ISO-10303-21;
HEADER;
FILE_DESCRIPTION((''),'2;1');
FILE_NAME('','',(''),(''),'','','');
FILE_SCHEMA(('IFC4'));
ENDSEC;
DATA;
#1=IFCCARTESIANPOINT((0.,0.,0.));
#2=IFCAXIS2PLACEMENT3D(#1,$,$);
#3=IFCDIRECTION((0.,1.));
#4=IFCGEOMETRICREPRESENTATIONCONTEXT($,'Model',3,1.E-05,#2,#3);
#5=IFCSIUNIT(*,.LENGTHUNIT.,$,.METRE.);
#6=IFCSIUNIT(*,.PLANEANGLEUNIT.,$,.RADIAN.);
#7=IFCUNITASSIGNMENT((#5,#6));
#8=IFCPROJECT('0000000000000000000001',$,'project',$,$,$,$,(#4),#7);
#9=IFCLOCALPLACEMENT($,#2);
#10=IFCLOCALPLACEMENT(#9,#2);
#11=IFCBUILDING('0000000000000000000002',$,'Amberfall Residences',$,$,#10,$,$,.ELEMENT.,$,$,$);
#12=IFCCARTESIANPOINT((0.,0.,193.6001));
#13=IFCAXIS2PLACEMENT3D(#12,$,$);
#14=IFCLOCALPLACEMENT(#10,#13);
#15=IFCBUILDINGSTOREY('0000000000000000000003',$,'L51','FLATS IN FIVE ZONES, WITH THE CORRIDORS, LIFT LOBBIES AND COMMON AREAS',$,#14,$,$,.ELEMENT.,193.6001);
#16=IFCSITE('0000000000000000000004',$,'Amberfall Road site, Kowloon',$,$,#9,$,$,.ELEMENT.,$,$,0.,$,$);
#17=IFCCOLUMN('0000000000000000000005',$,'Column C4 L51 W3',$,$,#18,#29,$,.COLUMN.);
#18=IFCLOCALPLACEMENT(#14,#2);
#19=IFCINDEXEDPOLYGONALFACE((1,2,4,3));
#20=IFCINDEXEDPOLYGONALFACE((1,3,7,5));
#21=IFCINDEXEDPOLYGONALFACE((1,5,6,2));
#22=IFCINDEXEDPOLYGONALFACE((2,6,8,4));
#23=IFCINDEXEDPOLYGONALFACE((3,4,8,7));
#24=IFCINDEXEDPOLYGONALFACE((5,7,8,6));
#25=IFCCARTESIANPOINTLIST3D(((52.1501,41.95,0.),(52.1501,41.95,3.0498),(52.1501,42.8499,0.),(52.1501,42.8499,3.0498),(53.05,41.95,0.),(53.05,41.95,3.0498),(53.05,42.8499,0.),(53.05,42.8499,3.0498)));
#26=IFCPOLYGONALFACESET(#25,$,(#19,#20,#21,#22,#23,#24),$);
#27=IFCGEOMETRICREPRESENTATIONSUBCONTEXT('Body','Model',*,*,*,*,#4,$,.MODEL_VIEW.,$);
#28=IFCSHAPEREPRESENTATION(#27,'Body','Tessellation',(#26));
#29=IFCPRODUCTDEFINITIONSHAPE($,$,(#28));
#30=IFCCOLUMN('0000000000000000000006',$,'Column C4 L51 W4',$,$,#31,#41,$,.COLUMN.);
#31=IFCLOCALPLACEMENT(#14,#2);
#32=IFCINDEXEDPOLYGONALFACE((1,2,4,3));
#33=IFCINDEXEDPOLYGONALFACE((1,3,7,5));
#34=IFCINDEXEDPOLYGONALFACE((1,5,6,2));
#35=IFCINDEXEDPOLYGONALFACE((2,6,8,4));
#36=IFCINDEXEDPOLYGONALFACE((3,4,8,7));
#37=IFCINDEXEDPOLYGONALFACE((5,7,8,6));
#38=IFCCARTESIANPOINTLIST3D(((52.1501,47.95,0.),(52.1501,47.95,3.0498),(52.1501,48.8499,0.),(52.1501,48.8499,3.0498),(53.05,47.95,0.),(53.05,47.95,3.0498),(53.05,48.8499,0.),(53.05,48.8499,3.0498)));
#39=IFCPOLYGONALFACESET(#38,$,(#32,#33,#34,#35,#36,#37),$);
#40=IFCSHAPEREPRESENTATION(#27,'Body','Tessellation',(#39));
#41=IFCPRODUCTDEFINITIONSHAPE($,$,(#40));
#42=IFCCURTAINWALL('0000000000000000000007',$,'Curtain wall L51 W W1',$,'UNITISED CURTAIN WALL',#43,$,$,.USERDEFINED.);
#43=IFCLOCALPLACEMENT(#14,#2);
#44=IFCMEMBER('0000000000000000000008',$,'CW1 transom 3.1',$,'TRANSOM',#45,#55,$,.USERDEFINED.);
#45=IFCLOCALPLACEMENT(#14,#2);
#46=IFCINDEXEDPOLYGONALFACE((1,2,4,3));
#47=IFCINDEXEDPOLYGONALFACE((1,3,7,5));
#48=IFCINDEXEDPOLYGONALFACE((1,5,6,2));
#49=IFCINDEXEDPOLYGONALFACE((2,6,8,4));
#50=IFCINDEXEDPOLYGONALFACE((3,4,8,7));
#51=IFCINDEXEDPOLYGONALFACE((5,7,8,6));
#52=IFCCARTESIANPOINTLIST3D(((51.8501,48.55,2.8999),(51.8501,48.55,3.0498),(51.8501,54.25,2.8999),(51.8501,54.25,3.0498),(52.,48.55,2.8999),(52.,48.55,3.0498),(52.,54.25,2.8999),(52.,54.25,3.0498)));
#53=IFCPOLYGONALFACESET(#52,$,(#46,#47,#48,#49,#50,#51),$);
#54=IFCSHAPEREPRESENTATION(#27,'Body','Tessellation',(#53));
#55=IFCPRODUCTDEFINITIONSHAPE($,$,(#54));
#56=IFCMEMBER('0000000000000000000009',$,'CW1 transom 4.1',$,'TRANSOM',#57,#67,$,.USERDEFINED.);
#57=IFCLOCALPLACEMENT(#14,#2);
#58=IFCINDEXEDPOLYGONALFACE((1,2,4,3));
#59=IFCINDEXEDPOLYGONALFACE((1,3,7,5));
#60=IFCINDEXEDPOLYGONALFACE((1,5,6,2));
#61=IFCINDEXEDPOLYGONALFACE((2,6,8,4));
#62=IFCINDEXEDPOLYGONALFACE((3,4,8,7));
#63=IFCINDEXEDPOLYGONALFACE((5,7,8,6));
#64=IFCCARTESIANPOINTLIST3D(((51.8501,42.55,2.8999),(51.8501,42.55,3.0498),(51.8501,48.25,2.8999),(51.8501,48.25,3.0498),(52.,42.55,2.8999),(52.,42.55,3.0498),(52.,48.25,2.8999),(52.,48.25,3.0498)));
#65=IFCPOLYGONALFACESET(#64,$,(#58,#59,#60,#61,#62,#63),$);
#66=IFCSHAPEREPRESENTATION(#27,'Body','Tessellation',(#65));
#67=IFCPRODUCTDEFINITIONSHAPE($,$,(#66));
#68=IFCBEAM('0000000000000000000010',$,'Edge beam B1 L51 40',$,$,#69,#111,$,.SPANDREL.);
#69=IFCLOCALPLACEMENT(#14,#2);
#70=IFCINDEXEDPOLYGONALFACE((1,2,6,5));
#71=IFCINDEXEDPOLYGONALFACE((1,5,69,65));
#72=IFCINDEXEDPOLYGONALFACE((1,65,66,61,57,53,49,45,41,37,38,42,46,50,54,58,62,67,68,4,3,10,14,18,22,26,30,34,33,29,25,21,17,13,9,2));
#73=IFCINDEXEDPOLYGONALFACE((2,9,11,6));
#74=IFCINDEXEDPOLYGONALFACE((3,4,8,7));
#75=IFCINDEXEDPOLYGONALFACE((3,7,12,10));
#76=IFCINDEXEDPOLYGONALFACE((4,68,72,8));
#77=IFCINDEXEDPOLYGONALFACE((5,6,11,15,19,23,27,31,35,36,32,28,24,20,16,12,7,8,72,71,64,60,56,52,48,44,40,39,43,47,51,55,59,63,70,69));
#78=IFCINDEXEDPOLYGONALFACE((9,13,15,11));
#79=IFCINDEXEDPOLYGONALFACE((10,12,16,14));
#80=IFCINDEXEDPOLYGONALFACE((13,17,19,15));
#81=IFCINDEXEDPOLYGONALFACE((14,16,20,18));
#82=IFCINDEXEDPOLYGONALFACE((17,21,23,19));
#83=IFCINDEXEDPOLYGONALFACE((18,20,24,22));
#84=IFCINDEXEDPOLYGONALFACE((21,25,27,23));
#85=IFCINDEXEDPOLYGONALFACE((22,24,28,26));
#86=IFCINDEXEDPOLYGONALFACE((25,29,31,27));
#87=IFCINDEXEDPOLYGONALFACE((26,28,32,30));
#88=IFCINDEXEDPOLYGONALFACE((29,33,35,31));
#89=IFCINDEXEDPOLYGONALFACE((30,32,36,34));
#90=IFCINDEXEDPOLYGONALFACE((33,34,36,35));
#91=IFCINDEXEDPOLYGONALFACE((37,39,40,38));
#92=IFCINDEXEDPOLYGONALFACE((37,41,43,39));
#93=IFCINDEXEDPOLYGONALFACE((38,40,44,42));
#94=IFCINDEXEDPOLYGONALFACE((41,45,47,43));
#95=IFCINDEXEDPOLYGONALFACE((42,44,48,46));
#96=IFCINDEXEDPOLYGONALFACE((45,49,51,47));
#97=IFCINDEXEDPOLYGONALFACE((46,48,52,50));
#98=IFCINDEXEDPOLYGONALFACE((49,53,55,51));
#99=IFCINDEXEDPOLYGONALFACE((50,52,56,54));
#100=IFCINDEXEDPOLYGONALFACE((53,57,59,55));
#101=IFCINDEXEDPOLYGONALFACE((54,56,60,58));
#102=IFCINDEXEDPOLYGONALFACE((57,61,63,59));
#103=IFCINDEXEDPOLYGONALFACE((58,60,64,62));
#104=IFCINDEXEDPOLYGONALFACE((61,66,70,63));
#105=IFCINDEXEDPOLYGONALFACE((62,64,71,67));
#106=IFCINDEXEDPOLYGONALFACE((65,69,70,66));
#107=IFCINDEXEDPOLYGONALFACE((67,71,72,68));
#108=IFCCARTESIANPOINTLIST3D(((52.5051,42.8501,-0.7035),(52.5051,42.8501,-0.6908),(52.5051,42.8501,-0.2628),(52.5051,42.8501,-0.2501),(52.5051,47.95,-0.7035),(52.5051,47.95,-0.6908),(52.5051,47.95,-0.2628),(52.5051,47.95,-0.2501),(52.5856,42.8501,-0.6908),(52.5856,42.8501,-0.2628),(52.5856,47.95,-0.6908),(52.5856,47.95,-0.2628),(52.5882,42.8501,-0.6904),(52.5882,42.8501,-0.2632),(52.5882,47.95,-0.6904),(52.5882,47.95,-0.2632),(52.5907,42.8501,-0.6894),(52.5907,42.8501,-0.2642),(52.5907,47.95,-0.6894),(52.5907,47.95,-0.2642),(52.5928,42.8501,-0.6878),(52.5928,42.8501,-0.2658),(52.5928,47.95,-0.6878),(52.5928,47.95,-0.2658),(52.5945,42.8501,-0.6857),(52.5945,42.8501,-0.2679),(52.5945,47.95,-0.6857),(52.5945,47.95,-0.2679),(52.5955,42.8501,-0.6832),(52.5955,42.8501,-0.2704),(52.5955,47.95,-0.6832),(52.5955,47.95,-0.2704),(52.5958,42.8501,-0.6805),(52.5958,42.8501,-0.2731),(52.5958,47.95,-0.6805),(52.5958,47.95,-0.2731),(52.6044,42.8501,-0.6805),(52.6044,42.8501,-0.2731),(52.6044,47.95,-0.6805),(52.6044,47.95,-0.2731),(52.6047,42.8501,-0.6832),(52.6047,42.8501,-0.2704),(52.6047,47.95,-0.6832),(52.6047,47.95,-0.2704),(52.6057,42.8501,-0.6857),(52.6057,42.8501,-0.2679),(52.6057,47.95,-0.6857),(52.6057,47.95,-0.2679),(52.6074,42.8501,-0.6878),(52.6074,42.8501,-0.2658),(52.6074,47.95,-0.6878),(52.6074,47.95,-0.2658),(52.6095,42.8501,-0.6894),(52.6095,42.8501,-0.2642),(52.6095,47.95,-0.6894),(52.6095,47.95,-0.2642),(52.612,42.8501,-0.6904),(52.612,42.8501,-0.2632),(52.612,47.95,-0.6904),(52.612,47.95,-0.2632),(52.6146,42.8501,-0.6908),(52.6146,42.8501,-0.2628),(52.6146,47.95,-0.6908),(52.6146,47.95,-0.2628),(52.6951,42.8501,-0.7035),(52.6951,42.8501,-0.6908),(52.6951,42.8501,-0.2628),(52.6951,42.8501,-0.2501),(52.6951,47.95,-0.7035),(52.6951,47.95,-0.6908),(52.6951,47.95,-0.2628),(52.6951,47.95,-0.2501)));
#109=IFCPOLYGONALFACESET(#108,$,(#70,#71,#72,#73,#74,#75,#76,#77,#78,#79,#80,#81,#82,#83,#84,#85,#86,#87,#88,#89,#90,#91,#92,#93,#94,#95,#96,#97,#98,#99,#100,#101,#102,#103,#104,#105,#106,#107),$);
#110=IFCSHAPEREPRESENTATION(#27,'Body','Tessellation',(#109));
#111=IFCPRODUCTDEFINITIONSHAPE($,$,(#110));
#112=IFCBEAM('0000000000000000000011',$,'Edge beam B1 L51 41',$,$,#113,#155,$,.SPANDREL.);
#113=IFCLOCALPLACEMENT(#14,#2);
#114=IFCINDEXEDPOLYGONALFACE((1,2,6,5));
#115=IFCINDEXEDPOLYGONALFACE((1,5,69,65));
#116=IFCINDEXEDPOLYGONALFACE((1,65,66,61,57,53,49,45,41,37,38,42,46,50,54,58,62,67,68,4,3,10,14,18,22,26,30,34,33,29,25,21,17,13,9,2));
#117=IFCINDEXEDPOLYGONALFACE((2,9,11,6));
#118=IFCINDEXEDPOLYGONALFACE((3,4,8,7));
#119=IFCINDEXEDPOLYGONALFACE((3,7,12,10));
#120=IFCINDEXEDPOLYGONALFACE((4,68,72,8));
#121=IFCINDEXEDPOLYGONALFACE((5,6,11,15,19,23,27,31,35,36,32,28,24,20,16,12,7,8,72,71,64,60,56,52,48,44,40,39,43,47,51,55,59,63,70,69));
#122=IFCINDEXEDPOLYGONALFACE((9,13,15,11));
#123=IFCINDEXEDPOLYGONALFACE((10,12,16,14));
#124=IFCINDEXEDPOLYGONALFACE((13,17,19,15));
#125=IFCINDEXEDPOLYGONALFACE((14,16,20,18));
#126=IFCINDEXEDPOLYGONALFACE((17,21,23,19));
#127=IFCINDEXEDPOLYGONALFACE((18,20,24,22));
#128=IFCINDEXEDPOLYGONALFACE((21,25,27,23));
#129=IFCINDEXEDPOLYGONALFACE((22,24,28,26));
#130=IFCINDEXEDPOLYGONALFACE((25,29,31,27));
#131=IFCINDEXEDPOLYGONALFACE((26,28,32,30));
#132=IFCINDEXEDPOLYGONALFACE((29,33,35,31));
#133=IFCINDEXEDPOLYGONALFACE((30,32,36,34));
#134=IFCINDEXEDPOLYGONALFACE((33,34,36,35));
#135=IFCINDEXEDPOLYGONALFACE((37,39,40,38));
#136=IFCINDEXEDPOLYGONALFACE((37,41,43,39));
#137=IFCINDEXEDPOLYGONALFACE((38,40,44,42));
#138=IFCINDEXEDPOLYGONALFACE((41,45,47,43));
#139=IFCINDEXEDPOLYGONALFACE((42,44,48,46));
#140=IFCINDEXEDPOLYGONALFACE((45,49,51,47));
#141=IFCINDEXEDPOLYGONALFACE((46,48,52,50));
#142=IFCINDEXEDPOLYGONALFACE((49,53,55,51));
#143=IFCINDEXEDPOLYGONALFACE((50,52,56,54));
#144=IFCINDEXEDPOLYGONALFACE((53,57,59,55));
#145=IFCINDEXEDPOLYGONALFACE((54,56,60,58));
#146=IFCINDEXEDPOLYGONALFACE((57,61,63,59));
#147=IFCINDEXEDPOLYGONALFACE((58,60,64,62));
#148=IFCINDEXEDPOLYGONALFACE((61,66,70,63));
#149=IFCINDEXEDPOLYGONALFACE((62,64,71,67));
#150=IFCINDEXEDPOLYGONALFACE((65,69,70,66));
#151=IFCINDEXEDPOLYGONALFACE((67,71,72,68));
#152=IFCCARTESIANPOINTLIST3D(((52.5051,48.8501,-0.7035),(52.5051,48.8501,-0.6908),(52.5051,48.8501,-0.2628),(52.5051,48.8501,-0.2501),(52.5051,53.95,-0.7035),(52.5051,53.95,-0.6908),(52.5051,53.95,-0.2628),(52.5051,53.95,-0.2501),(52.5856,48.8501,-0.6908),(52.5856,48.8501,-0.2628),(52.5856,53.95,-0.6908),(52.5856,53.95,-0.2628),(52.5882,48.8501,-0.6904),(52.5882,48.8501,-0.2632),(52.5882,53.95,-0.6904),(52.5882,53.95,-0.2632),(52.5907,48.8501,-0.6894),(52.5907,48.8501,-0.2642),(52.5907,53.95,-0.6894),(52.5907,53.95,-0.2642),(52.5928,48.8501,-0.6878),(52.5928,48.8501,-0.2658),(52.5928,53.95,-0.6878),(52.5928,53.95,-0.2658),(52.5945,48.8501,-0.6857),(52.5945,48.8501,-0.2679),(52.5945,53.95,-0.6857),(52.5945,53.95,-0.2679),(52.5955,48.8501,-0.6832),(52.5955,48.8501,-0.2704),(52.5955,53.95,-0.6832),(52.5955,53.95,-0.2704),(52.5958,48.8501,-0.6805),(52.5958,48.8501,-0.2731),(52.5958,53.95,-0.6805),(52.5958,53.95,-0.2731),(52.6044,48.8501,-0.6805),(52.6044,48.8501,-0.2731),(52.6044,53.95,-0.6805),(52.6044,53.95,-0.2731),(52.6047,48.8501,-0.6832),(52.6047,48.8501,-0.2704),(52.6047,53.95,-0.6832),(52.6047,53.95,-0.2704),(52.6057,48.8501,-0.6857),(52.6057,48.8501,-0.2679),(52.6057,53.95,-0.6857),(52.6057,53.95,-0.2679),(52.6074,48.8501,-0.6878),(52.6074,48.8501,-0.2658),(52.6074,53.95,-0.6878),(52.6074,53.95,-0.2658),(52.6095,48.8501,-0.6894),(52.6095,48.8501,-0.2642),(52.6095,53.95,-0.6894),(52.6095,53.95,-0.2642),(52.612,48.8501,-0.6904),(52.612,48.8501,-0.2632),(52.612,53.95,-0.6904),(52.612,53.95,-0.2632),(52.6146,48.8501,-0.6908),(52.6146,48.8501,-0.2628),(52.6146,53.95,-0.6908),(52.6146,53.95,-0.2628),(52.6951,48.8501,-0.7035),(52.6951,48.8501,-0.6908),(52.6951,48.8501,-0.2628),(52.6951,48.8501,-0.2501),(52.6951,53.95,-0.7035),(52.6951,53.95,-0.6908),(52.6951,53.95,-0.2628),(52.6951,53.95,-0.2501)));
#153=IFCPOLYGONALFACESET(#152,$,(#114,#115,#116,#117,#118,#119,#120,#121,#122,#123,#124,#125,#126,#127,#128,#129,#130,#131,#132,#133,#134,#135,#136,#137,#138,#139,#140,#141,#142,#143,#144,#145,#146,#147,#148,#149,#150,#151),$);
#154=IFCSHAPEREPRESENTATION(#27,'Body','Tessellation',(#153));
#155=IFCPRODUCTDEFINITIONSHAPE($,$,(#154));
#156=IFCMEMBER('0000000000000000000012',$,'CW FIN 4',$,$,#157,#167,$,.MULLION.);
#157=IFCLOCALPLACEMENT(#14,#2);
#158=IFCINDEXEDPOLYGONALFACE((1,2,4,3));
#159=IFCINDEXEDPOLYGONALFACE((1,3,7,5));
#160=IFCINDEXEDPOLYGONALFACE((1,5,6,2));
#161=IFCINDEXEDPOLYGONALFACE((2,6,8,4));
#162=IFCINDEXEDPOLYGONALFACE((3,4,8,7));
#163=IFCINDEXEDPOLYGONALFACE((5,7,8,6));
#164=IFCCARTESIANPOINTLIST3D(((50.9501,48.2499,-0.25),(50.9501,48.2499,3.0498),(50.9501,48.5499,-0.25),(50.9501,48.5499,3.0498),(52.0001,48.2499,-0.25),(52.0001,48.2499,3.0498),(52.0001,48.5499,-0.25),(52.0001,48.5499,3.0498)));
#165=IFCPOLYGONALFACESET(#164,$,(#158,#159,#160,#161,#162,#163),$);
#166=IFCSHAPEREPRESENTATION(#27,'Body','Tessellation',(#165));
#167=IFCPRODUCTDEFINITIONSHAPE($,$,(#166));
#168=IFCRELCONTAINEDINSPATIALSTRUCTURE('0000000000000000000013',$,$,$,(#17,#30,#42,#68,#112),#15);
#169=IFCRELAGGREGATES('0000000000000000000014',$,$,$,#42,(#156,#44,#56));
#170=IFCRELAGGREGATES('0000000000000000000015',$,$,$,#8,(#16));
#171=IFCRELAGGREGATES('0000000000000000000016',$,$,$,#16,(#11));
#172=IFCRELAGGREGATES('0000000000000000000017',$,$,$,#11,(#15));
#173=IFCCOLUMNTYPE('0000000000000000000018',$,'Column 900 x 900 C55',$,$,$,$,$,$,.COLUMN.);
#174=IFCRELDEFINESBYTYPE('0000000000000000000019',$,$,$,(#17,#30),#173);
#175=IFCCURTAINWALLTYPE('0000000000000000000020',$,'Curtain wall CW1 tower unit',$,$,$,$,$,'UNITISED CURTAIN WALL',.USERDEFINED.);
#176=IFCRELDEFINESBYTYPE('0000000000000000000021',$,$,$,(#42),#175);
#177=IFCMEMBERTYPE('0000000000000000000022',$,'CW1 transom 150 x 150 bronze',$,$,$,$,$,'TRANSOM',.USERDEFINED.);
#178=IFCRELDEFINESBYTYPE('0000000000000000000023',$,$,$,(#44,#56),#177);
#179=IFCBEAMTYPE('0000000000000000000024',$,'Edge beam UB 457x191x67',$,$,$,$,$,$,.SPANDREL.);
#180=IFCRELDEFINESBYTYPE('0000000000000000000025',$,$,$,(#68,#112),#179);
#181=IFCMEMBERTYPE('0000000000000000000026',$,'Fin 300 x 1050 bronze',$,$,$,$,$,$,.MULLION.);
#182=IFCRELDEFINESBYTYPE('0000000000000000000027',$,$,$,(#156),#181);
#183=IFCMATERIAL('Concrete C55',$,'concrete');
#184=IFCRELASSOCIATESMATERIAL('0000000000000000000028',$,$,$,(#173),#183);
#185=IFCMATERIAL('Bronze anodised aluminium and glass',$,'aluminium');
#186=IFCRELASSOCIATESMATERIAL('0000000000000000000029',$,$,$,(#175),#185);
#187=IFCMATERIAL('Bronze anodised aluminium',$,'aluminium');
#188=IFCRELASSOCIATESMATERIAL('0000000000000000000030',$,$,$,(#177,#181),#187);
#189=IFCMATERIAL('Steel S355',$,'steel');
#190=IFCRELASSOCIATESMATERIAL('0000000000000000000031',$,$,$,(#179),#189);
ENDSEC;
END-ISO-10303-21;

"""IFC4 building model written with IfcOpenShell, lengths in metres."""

from ifc_helpers import new_model, si_unit, direction, frame, origin, origin_2d, place, context, subcontext, project, spatial, rectangle, i_section, extrude, material, material_profile, profile_set, type_object, element, aggregate, save


model = new_model("IFC4")

# Units and contexts
model_context = context("Model", 3, precision=1e-05, world=origin(), true_north=direction((0.0, 1.0)))
body_context = subcontext(model_context, "Body", "Model", "MODEL_VIEW")
ifc_project = project(units=[si_unit("LENGTHUNIT", "METRE"), si_unit("PLANEANGLEUNIT", "RADIAN")], contexts=[model_context])

# Site, building, storey
site_placement = place(None, origin())
site = spatial("IfcSite", under=ifc_project, at=site_placement, Name="Amberfall Road site, Kowloon", CompositionType="ELEMENT", RefElevation=0.0)
building_placement = place(site_placement, origin())
building = spatial("IfcBuilding", under=site, at=building_placement, Name="Amberfall Residences", CompositionType="ELEMENT")
storey_placement = place(building_placement, frame((0.0, 0.0, 193.6001)))
storey = spatial("IfcBuildingStorey", under=building, at=storey_placement, Name="L51", Description="FLATS IN FIVE ZONES, WITH THE CORRIDORS, LIFT LOBBIES AND COMMON AREAS", CompositionType="ELEMENT", Elevation=193.6001)

# Columns
ifc_material_1 = material(Name="Concrete C55", Category="concrete")
ifc_material_profile_1 = material_profile(ifc_material_1, rectangle(XDim=0.8999, YDim=0.8999, at=origin_2d()), Name="Column 900 x 900 C55")
ifc_profile_set_1 = profile_set([ifc_material_profile_1], Name="Concrete C55")
column_type = type_object("IfcColumnType", Name="Column 900 x 900 C55", PredefinedType="COLUMN", material=ifc_profile_set_1)
for number, where, z_axis, x_axis, name in (
    (1, (52.6001, 42.3999, 0.0), (0.0, 0.0, 1.0), (1.0, 0.0, 0.0), "Column C4 L51 W3"),
    (2, (52.6001, 48.3999, 0.0), (0.0, 0.0, 1.0), (1.0, 0.0, 0.0), "Column C4 L51 W4"),
):
    element("IfcColumn", number, at=place(storey_placement, frame(where, z_axis=z_axis, x_axis=x_axis)), inside=storey, type_object=column_type, Name=name, PredefinedType="COLUMN", context=body_context, shape_type="SweptSolid", body=[
        extrude(rectangle(XDim=0.8999, YDim=0.8999, at=origin_2d()), origin(), (0.0, 0.0, 1.0), 3.0498),
    ])

# Curtain wall, members
ifc_material_2 = material(Name="Bronze anodised aluminium and glass", Category="aluminium")
curtain_wall_type = type_object("IfcCurtainWallType", Name="Curtain wall CW1 tower unit", ElementType="UNITISED CURTAIN WALL", PredefinedType="USERDEFINED", material=ifc_material_2)
curtain_wall_placement = place(storey_placement, origin())
curtain_wall = element("IfcCurtainWall", 3, at=curtain_wall_placement, inside=storey, type_object=curtain_wall_type, Name="Curtain wall L51 W W1", ObjectType="UNITISED CURTAIN WALL", PredefinedType="USERDEFINED")
ifc_material_3 = material(Name="Bronze anodised aluminium", Category="aluminium")
ifc_material_profile_2 = material_profile(ifc_material_3, rectangle(XDim=0.1499, YDim=0.1499, at=origin_2d()), Name="CW1 transom 150 x 150 bronze")
ifc_profile_set_2 = profile_set([ifc_material_profile_2], Name="Bronze anodised aluminium")
member_type_1 = type_object("IfcMemberType", Name="CW1 transom 150 x 150 bronze", ElementType="TRANSOM", PredefinedType="USERDEFINED", material=ifc_profile_set_2)
member_1_placement = place(storey_placement, frame((51.925, 54.25, 2.9749), z_axis=(0.0, -1.0, 0.0), x_axis=(1.0, 0.0, 0.0)))
member_1 = element("IfcMember", 4, at=member_1_placement, type_object=member_type_1, Name="CW1 transom 3.1", ObjectType="TRANSOM", PredefinedType="USERDEFINED", context=body_context, shape_type="SweptSolid", body=[
    extrude(rectangle(XDim=0.1499, YDim=0.1499, at=origin_2d()), origin(), (0.0, 0.0, 1.0), 5.7),
])
member_2_placement = place(storey_placement, frame((51.925, 48.25, 2.9749), z_axis=(0.0, -1.0, 0.0), x_axis=(1.0, 0.0, 0.0)))
member_2 = element("IfcMember", 5, at=member_2_placement, type_object=member_type_1, Name="CW1 transom 4.1", ObjectType="TRANSOM", PredefinedType="USERDEFINED", context=body_context, shape_type="SweptSolid", body=[
    extrude(rectangle(XDim=0.1499, YDim=0.1499, at=origin_2d()), origin(), (0.0, 0.0, 1.0), 5.7),
])

# Beams
ifc_material_4 = material(Name="Steel S355", Category="steel")
ifc_material_profile_3 = material_profile(ifc_material_4, i_section(OverallWidth=0.1899, OverallDepth=0.4534, WebThickness=0.0085, FlangeThickness=0.0127, FilletRadius=0.0103, at=origin_2d()), Name="UB 457x191x67")
ifc_profile_set_3 = profile_set([ifc_material_profile_3], Name="Steel S355")
beam_type_1 = type_object("IfcBeamType", Name="Edge beam UB 457x191x67", PredefinedType="SPANDREL", material=ifc_profile_set_3)
for number, where, z_axis, x_axis, name in (
    (6, (52.6001, 42.8501, -0.4768), (0.0, 1.0, 0.0), (-1.0, 0.0, 0.0), "Edge beam B1 L51 40"),
    (7, (52.6001, 48.8501, -0.4768), (0.0, 1.0, 0.0), (-1.0, 0.0, 0.0), "Edge beam B1 L51 41"),
):
    element("IfcBeam", number, at=place(storey_placement, frame(where, z_axis=z_axis, x_axis=x_axis)), inside=storey, type_object=beam_type_1, Name=name, PredefinedType="SPANDREL", context=body_context, shape_type="SweptSolid", body=[
        extrude(i_section(OverallWidth=0.1899, OverallDepth=0.4534, WebThickness=0.0085, FlangeThickness=0.0127, FilletRadius=0.0103, at=origin_2d()), origin(), (0.0, 0.0, 1.0), 5.0999),
    ])

# Member
ifc_material_profile_4 = material_profile(ifc_material_3, rectangle(XDim=1.05, YDim=0.3, at=origin_2d()), Name="Fin 300 x 1050 bronze")
ifc_profile_set_4 = profile_set([ifc_material_profile_4], Name="Bronze anodised aluminium")
member_type_2 = type_object("IfcMemberType", Name="Fin 300 x 1050 bronze", PredefinedType="MULLION", material=ifc_profile_set_4)
member_3_placement = place(storey_placement, frame((51.4751, 48.3999, -0.25), z_axis=(0.0, 0.0, 1.0), x_axis=(1.0, 0.0, 0.0)))
member_3 = element("IfcMember", 8, at=member_3_placement, type_object=member_type_2, Name="CW FIN 4", PredefinedType="MULLION", context=body_context, shape_type="SweptSolid", body=[
    extrude(rectangle(XDim=1.05, YDim=0.3, at=origin_2d()), origin(), (0.0, 0.0, 1.0), 3.2998),
])

aggregate(curtain_wall, [member_3, member_1, member_2])

save(model, "model.ifc")
